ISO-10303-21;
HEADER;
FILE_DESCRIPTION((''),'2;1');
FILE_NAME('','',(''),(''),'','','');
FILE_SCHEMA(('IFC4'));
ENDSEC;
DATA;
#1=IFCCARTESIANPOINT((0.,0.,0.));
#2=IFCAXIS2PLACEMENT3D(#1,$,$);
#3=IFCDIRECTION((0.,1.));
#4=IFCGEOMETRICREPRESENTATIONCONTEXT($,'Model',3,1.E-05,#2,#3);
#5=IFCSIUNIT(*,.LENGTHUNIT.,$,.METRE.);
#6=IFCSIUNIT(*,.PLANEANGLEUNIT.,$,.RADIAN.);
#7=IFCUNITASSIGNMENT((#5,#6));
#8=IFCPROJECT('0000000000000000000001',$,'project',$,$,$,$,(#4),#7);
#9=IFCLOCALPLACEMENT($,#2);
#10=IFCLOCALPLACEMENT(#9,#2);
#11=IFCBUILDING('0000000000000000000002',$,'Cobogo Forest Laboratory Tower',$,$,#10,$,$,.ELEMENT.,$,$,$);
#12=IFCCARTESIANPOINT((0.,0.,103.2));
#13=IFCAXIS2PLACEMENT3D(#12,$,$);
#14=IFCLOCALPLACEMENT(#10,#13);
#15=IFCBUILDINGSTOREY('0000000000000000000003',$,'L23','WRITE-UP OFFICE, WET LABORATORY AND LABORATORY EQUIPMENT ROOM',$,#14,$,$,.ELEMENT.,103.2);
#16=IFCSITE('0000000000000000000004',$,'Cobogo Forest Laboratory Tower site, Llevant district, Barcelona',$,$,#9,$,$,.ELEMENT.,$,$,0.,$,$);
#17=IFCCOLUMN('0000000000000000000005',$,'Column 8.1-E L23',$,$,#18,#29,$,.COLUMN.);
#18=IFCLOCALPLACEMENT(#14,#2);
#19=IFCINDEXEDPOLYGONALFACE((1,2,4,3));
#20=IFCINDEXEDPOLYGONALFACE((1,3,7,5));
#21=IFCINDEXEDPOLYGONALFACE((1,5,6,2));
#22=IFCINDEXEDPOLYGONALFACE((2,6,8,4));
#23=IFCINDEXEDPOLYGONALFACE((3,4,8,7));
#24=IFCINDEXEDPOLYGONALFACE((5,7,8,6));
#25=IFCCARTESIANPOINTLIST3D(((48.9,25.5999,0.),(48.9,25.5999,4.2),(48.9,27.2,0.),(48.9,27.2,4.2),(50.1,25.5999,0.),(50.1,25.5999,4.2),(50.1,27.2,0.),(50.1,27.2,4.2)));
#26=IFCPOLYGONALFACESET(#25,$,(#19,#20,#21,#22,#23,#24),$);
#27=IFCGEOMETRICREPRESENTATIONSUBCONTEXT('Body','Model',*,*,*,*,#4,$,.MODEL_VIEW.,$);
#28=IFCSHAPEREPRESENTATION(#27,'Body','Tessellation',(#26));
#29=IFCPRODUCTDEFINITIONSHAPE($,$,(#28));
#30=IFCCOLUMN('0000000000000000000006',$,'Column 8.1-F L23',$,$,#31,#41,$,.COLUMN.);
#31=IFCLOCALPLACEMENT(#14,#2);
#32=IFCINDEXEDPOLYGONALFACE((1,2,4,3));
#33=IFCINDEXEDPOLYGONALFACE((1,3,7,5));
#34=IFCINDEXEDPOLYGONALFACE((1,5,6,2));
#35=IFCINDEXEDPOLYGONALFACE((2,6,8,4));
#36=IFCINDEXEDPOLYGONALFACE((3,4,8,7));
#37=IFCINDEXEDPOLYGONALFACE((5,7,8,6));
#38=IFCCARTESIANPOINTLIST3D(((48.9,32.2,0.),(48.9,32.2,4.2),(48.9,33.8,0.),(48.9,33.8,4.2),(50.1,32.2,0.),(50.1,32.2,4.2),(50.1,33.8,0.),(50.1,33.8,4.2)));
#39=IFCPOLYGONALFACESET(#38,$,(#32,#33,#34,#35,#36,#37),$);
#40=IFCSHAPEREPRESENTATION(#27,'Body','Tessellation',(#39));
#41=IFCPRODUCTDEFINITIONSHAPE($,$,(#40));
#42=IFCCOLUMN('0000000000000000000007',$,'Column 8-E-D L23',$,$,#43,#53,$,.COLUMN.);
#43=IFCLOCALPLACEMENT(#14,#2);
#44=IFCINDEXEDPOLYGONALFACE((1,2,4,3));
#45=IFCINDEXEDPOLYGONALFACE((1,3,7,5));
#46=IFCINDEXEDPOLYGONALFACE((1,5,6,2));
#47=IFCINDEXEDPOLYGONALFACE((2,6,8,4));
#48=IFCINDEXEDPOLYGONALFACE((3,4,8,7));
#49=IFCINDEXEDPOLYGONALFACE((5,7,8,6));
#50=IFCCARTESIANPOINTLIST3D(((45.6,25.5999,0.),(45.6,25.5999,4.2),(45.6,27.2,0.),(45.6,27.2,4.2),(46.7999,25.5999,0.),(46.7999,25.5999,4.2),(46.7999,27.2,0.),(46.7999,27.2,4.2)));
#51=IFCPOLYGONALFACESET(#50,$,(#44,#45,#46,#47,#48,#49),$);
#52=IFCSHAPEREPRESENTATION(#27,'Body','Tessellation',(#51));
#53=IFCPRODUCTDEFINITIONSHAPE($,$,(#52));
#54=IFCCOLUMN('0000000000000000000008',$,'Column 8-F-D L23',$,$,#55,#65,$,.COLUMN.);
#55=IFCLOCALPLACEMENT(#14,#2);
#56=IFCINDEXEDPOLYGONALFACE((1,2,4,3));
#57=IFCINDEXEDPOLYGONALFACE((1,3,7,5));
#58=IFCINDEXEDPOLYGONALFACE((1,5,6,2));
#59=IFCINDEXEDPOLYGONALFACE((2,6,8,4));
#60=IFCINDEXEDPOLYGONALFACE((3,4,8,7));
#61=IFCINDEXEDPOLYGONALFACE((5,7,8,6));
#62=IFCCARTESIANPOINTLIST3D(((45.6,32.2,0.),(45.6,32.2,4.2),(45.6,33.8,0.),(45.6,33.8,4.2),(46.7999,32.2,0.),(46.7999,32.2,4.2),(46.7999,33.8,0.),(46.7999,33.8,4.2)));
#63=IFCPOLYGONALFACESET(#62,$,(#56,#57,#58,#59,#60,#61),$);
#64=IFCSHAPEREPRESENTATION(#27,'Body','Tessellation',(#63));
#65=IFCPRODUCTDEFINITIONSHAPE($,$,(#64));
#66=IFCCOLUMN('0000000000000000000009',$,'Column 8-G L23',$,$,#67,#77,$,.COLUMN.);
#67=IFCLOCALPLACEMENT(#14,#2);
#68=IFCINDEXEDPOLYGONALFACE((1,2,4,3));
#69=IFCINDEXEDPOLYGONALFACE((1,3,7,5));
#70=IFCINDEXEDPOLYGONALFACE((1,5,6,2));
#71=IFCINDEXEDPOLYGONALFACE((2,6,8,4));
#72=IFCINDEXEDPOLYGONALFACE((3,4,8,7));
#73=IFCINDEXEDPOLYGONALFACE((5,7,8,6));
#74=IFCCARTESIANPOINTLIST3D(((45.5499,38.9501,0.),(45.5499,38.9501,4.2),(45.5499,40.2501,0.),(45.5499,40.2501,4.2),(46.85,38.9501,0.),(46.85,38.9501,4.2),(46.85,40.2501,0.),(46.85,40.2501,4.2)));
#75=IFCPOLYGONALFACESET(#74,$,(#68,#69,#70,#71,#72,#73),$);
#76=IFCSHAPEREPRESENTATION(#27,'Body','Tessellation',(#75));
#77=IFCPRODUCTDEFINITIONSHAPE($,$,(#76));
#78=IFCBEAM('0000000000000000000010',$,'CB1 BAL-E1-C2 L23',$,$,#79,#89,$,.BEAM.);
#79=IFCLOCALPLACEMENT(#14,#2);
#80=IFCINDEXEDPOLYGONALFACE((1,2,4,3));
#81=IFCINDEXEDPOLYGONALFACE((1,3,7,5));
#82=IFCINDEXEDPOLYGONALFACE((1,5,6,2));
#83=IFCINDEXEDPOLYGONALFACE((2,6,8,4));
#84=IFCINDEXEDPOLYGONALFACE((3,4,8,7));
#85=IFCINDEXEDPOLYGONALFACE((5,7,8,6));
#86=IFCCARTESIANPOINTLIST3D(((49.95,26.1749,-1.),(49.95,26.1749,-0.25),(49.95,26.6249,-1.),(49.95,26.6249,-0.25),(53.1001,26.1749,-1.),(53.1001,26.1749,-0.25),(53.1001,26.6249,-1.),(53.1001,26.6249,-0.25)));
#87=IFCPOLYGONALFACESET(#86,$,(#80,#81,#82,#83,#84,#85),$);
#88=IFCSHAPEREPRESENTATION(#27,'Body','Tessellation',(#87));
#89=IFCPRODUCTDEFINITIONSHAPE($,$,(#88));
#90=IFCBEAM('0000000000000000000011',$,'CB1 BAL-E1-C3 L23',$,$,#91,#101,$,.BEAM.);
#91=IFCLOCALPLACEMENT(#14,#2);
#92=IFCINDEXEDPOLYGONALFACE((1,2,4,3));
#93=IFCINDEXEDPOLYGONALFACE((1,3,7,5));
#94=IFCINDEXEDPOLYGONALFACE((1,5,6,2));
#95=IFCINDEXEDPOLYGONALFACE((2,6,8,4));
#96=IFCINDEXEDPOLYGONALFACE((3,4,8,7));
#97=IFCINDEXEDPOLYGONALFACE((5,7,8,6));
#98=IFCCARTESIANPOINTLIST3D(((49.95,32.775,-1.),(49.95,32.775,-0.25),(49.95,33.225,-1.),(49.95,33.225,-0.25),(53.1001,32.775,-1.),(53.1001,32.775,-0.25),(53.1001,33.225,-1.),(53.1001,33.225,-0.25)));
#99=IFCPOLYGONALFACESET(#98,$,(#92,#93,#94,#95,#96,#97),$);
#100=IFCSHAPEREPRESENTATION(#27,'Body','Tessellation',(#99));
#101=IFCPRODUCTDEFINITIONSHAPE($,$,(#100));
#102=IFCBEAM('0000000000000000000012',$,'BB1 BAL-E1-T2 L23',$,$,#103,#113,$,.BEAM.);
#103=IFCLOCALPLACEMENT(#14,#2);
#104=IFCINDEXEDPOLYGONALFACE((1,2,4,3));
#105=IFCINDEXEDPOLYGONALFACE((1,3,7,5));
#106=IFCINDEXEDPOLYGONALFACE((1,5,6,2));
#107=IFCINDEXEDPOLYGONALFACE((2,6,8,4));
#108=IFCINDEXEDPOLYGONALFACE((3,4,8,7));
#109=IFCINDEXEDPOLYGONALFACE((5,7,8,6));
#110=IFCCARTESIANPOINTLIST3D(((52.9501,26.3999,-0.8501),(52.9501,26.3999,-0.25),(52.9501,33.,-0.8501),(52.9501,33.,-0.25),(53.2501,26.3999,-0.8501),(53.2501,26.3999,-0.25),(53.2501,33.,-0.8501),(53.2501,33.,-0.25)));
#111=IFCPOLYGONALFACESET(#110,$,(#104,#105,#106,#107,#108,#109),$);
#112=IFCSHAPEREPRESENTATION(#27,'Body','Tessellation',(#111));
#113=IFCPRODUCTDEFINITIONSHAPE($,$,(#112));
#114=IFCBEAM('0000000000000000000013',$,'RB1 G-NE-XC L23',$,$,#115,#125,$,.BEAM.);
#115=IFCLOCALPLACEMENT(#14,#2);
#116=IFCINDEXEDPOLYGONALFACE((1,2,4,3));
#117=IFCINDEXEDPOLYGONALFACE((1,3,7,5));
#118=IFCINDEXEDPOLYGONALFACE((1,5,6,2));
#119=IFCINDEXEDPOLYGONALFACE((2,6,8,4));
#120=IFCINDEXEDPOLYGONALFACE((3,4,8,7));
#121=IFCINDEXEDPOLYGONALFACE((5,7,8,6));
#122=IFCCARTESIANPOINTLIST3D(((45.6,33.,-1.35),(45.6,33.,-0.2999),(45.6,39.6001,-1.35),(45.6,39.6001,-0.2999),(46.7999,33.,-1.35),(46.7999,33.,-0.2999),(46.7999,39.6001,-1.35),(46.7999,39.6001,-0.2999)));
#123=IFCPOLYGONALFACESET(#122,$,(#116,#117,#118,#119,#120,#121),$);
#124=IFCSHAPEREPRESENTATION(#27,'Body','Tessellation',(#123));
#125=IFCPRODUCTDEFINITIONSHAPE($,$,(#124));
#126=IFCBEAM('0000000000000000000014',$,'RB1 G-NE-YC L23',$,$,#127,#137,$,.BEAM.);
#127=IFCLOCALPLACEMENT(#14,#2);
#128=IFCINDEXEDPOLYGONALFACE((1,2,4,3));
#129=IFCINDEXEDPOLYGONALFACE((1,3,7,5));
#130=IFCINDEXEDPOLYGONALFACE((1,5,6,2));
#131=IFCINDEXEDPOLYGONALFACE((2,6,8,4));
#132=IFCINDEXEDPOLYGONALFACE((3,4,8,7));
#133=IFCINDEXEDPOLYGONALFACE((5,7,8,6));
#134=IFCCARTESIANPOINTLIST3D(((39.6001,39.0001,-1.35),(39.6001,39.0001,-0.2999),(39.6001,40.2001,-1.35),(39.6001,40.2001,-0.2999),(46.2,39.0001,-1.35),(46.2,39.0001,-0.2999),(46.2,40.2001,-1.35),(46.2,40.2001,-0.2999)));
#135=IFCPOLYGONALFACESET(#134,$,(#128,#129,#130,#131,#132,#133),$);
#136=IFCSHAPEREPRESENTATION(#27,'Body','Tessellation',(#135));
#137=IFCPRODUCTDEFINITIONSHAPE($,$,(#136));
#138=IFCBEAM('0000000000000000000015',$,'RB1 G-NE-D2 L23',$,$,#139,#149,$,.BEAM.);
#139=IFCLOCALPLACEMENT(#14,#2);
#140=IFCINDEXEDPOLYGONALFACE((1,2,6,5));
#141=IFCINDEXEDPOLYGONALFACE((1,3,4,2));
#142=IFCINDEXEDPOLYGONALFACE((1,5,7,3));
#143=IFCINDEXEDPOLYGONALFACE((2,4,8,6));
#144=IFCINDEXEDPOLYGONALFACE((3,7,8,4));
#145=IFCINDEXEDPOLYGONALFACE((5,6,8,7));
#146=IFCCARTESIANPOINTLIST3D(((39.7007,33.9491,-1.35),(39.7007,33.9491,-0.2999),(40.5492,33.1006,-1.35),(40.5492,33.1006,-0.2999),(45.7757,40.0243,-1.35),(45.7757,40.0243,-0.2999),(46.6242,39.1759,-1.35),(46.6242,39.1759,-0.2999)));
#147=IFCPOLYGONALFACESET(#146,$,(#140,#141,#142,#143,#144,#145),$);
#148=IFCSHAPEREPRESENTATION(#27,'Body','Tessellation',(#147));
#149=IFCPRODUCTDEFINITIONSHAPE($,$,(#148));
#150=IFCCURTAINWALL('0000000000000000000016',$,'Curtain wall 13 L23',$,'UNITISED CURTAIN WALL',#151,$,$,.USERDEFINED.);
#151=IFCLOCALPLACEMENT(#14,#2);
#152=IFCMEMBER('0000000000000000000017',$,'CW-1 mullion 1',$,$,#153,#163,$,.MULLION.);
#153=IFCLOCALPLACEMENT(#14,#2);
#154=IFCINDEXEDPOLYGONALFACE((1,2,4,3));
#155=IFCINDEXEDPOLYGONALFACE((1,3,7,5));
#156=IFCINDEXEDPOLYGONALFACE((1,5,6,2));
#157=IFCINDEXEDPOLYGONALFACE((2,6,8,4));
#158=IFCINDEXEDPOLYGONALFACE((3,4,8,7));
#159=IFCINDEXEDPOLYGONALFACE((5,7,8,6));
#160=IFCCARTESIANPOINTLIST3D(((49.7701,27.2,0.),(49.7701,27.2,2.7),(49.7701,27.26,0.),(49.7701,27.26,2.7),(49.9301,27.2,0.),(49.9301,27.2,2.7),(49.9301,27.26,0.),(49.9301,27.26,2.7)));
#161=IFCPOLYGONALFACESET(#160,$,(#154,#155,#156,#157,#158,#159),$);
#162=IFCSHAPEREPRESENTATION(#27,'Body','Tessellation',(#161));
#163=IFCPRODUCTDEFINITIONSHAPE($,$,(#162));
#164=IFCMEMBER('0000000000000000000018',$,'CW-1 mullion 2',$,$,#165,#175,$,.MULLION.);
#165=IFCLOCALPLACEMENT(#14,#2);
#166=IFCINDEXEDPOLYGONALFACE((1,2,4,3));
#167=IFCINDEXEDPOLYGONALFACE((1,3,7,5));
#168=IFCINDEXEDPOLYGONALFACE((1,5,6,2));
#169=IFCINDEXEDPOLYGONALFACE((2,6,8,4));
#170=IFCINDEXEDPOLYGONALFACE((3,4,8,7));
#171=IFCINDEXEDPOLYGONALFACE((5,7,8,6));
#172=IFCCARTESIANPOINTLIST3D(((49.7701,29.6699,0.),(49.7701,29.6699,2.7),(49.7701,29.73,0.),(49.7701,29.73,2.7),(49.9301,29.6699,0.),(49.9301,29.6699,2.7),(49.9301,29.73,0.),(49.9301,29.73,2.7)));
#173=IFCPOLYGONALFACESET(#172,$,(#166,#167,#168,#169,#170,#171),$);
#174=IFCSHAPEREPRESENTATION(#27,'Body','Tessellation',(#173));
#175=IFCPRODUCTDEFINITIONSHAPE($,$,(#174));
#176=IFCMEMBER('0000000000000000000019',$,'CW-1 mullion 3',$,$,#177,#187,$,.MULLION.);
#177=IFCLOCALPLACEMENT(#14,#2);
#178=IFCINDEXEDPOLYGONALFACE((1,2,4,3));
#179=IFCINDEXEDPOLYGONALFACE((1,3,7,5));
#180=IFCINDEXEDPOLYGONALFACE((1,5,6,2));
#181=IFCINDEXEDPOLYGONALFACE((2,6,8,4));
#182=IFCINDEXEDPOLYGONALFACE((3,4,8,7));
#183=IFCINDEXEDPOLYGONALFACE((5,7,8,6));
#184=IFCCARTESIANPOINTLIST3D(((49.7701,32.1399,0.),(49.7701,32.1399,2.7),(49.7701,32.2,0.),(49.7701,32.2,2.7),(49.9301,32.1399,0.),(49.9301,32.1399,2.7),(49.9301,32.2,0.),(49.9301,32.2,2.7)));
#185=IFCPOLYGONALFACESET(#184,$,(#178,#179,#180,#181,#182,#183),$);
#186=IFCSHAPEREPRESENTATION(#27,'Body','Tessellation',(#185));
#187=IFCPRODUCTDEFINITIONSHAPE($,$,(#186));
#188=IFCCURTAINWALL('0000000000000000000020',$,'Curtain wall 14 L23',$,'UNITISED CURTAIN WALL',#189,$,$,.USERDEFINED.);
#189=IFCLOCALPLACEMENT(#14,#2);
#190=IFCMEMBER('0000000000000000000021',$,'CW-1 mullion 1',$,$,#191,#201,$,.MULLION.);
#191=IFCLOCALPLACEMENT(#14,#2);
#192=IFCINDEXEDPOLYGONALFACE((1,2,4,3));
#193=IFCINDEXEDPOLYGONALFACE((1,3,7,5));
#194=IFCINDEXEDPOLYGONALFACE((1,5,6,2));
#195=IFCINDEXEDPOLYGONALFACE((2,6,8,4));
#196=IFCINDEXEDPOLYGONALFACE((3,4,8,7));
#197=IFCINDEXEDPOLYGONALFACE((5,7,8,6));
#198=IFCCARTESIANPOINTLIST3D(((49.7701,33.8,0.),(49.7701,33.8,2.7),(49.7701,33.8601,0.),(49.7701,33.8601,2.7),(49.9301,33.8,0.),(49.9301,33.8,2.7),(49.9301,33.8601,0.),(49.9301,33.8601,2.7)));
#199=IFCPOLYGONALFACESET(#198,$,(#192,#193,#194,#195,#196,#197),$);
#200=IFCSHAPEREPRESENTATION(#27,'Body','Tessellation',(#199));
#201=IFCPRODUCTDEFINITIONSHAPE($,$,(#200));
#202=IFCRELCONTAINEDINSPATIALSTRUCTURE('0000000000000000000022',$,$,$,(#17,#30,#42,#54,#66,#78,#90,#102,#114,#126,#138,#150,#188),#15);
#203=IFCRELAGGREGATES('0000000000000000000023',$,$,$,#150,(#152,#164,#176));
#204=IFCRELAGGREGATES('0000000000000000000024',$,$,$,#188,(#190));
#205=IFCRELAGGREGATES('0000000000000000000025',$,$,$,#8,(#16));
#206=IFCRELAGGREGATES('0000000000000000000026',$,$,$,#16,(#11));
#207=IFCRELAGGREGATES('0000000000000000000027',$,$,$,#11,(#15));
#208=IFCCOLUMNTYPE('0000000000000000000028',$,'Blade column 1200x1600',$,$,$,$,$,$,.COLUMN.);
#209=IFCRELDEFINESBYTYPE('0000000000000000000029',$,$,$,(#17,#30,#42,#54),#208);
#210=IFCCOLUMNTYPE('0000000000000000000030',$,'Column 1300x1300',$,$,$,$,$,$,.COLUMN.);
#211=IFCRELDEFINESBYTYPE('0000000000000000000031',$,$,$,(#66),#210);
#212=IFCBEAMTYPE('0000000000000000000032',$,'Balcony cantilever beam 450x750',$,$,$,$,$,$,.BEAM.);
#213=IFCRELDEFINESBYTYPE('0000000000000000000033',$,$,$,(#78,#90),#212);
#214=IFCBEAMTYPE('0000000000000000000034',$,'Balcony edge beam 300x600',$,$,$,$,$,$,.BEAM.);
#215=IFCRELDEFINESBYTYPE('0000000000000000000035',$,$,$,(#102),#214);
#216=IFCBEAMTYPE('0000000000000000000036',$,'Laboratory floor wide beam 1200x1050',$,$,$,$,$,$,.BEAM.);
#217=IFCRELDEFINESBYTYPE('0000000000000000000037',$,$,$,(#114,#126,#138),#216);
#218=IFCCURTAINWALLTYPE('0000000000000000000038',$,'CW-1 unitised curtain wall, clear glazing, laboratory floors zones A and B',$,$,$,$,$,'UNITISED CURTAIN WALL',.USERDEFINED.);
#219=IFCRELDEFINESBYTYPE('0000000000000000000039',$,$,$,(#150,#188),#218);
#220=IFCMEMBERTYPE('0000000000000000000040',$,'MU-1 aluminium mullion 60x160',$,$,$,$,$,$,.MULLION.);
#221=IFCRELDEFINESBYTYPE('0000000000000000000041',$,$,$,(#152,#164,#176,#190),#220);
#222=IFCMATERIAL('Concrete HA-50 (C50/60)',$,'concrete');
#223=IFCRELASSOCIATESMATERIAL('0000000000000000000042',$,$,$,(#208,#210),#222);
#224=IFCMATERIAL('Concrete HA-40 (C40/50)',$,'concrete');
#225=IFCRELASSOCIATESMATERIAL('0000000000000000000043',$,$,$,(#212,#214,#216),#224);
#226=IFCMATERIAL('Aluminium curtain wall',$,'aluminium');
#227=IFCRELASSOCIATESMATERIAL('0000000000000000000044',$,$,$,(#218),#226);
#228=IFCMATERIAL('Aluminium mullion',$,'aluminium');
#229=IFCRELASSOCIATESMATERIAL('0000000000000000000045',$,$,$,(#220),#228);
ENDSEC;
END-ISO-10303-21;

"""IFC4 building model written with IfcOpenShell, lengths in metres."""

from ifc_helpers import new_model, si_unit, direction, frame, origin, origin_2d, place, context, subcontext, project, spatial, rectangle, extrude, material, material_profile, profile_set, type_object, element, aggregate, save


model = new_model("IFC4")

# Units and contexts
model_context = context("Model", 3, precision=1e-05, world=origin(), true_north=direction((0.0, 1.0)))
body_context = subcontext(model_context, "Body", "Model", "MODEL_VIEW")
ifc_project = project(units=[si_unit("LENGTHUNIT", "METRE"), si_unit("PLANEANGLEUNIT", "RADIAN")], contexts=[model_context])

# Site, building, storey
site_placement = place(None, origin())
site = spatial("IfcSite", under=ifc_project, at=site_placement, Name="Cobogo Forest Laboratory Tower site, Llevant district, Barcelona", CompositionType="ELEMENT", RefElevation=0.0)
building_placement = place(site_placement, origin())
building = spatial("IfcBuilding", under=site, at=building_placement, Name="Cobogo Forest Laboratory Tower", CompositionType="ELEMENT")
storey_placement = place(building_placement, frame((0.0, 0.0, 103.2)))
storey = spatial("IfcBuildingStorey", under=building, at=storey_placement, Name="L23", Description="WRITE-UP OFFICE, WET LABORATORY AND LABORATORY EQUIPMENT ROOM", CompositionType="ELEMENT", Elevation=103.2)

# Columns
ifc_material_1 = material(Name="Concrete HA-50 (C50/60)", Category="concrete")
ifc_material_profile_1 = material_profile(ifc_material_1, rectangle(XDim=1.6001, YDim=1.2, at=origin_2d()), Name="RC 1200x1600")
ifc_profile_set_1 = profile_set([ifc_material_profile_1], Name="Concrete HA-50 (C50/60)")
column_type_1 = type_object("IfcColumnType", Name="Blade column 1200x1600", PredefinedType="COLUMN", material=ifc_profile_set_1)
for number, where, z_axis, x_axis, name in (
    (1, (49.5, 26.3999, 0.0), (0.0, 0.0, 1.0), (0.0, 1.0, 0.0), "Column 8.1-E L23"),
    (2, (49.5, 33.0, 0.0), (0.0, 0.0, 1.0), (0.0, 1.0, 0.0), "Column 8.1-F L23"),
    (3, (46.2, 26.3999, 0.0), (0.0, 0.0, 1.0), (0.0, 1.0, 0.0), "Column 8-E-D L23"),
    (4, (46.2, 33.0, 0.0), (0.0, 0.0, 1.0), (0.0, 1.0, 0.0), "Column 8-F-D L23"),
):
    element("IfcColumn", number, at=place(storey_placement, frame(where, z_axis=z_axis, x_axis=x_axis)), inside=storey, type_object=column_type_1, Name=name, PredefinedType="COLUMN", context=body_context, shape_type="SweptSolid", body=[
        extrude(rectangle(XDim=1.6001, YDim=1.2, at=origin_2d()), origin(), (0.0, 0.0, 1.0), 4.2),
    ])
ifc_material_profile_2 = material_profile(ifc_material_1, rectangle(XDim=1.3, YDim=1.3, at=origin_2d()), Name="RC 1300x1300")
ifc_profile_set_2 = profile_set([ifc_material_profile_2], Name="Concrete HA-50 (C50/60)")
column_type_2 = type_object("IfcColumnType", Name="Column 1300x1300", PredefinedType="COLUMN", material=ifc_profile_set_2)
column_placement = place(storey_placement, frame((46.2, 39.6001, 0.0), z_axis=(0.0, 0.0, 1.0), x_axis=(1.0, 0.0, 0.0)))
element("IfcColumn", 5, at=column_placement, inside=storey, type_object=column_type_2, Name="Column 8-G L23", PredefinedType="COLUMN", context=body_context, shape_type="SweptSolid", body=[
    extrude(rectangle(XDim=1.3, YDim=1.3, at=origin_2d()), origin(), (0.0, 0.0, 1.0), 4.2),
])

# Beams
ifc_material_2 = material(Name="Concrete HA-40 (C40/50)", Category="concrete")
ifc_material_profile_3 = material_profile(ifc_material_2, rectangle(XDim=0.45, YDim=0.75, at=origin_2d()), Name="RC 450x750")
ifc_profile_set_3 = profile_set([ifc_material_profile_3], Name="Concrete HA-40 (C40/50)")
beam_type_1 = type_object("IfcBeamType", Name="Balcony cantilever beam 450x750", PredefinedType="BEAM", material=ifc_profile_set_3)
for number, where, z_axis, x_axis, name in (
    (6, (49.95, 26.3999, -0.625), (1.0, 0.0, 0.0), (0.0, 1.0, 0.0), "CB1 BAL-E1-C2 L23"),
    (7, (49.95, 33.0, -0.625), (1.0, 0.0, 0.0), (0.0, 1.0, 0.0), "CB1 BAL-E1-C3 L23"),
):
    element("IfcBeam", number, at=place(storey_placement, frame(where, z_axis=z_axis, x_axis=x_axis)), inside=storey, type_object=beam_type_1, Name=name, PredefinedType="BEAM", context=body_context, shape_type="SweptSolid", body=[
        extrude(rectangle(XDim=0.45, YDim=0.75, at=origin_2d()), origin(), (0.0, 0.0, 1.0), 3.1501),
    ])
ifc_material_profile_4 = material_profile(ifc_material_2, rectangle(XDim=0.3, YDim=0.6001, at=origin_2d()), Name="RC 300x600")
ifc_profile_set_4 = profile_set([ifc_material_profile_4], Name="Concrete HA-40 (C40/50)")
beam_type_2 = type_object("IfcBeamType", Name="Balcony edge beam 300x600", PredefinedType="BEAM", material=ifc_profile_set_4)
beam_1_placement = place(storey_placement, frame((53.1001, 26.3999, -0.55), z_axis=(0.0, 1.0, 0.0), x_axis=(-1.0, 0.0, 0.0)))
element("IfcBeam", 8, at=beam_1_placement, inside=storey, type_object=beam_type_2, Name="BB1 BAL-E1-T2 L23", PredefinedType="BEAM", context=body_context, shape_type="SweptSolid", body=[
    extrude(rectangle(XDim=0.3, YDim=0.6001, at=origin_2d()), origin(), (0.0, 0.0, 1.0), 6.6001),
])
ifc_material_profile_5 = material_profile(ifc_material_2, rectangle(XDim=1.2, YDim=1.05, at=origin_2d()), Name="RC 1200x1050")
ifc_profile_set_5 = profile_set([ifc_material_profile_5], Name="Concrete HA-40 (C40/50)")
beam_type_3 = type_object("IfcBeamType", Name="Laboratory floor wide beam 1200x1050", PredefinedType="BEAM", material=ifc_profile_set_5)
beam_2_placement = place(storey_placement, frame((46.2, 39.6001, -0.825), z_axis=(0.0, -1.0, 0.0), x_axis=(1.0, 0.0, 0.0)))
element("IfcBeam", 9, at=beam_2_placement, inside=storey, type_object=beam_type_3, Name="RB1 G-NE-XC L23", PredefinedType="BEAM", context=body_context, shape_type="SweptSolid", body=[
    extrude(rectangle(XDim=1.2, YDim=1.05, at=origin_2d()), origin(), (0.0, 0.0, 1.0), 6.6001),
])
beam_3_placement = place(storey_placement, frame((46.2, 39.6001, -0.825), z_axis=(-1.0, 0.0, 0.0), x_axis=(0.0, -1.0, 0.0)))
element("IfcBeam", 10, at=beam_3_placement, inside=storey, type_object=beam_type_3, Name="RB1 G-NE-YC L23", PredefinedType="BEAM", context=body_context, shape_type="SweptSolid", body=[
    extrude(rectangle(XDim=1.2, YDim=1.05, at=origin_2d()), origin(), (0.0, 0.0, 1.0), 6.5999),
])
beam_4_placement = place(storey_placement, frame((46.2, 39.6001, -0.825), z_axis=(-0.707093, -0.707121, 0.0), x_axis=(0.707121, -0.707093, 0.0)))
element("IfcBeam", 11, at=beam_4_placement, inside=storey, type_object=beam_type_3, Name="RB1 G-NE-D2 L23", PredefinedType="BEAM", context=body_context, shape_type="SweptSolid", body=[
    extrude(rectangle(XDim=1.2, YDim=1.05, at=origin_2d()), origin(), (0.0, 0.0, 1.0), 8.5916),
])

# Curtain walls, members
ifc_material_3 = material(Name="Aluminium curtain wall", Category="aluminium")
curtain_wall_type = type_object("IfcCurtainWallType", Name="CW-1 unitised curtain wall, clear glazing, laboratory floors zones A and B", ElementType="UNITISED CURTAIN WALL", PredefinedType="USERDEFINED", material=ifc_material_3)
curtain_wall_1_placement = place(storey_placement, origin())
curtain_wall_1 = element("IfcCurtainWall", 12, at=curtain_wall_1_placement, inside=storey, type_object=curtain_wall_type, Name="Curtain wall 13 L23", ObjectType="UNITISED CURTAIN WALL", PredefinedType="USERDEFINED")
ifc_material_4 = material(Name="Aluminium mullion", Category="aluminium")
ifc_material_profile_6 = material_profile(ifc_material_4, rectangle(XDim=0.0601, YDim=0.1599, at=origin_2d()), Name="AL 60x160")
ifc_profile_set_6 = profile_set([ifc_material_profile_6], Name="Aluminium mullion")
member_type_1 = type_object("IfcMemberType", Name="MU-1 aluminium mullion 60x160", PredefinedType="MULLION", material=ifc_profile_set_6)
member_1_placement = place(storey_placement, frame((49.8501, 27.23, 0.0), z_axis=(0.0, 0.0, 1.0), x_axis=(0.0, 1.0, 0.0)))
member_1 = element("IfcMember", 13, at=member_1_placement, type_object=member_type_1, Name="CW-1 mullion 1", PredefinedType="MULLION", context=body_context, shape_type="SweptSolid", body=[
    extrude(rectangle(XDim=0.0601, YDim=0.1599, at=origin_2d()), origin(), (0.0, 0.0, 1.0), 2.7),
])
member_2_placement = place(storey_placement, frame((49.8501, 29.7, 0.0), z_axis=(0.0, 0.0, 1.0), x_axis=(0.0, 1.0, 0.0)))
member_2 = element("IfcMember", 14, at=member_2_placement, type_object=member_type_1, Name="CW-1 mullion 2", PredefinedType="MULLION", context=body_context, shape_type="SweptSolid", body=[
    extrude(rectangle(XDim=0.0601, YDim=0.1599, at=origin_2d()), origin(), (0.0, 0.0, 1.0), 2.7),
])
member_3_placement = place(storey_placement, frame((49.8501, 32.1699, 0.0), z_axis=(0.0, 0.0, 1.0), x_axis=(0.0, 1.0, 0.0)))
member_3 = element("IfcMember", 15, at=member_3_placement, type_object=member_type_1, Name="CW-1 mullion 3", PredefinedType="MULLION", context=body_context, shape_type="SweptSolid", body=[
    extrude(rectangle(XDim=0.0601, YDim=0.1599, at=origin_2d()), origin(), (0.0, 0.0, 1.0), 2.7),
])
curtain_wall_2_placement = place(storey_placement, origin())
curtain_wall_2 = element("IfcCurtainWall", 16, at=curtain_wall_2_placement, inside=storey, type_object=curtain_wall_type, Name="Curtain wall 14 L23", ObjectType="UNITISED CURTAIN WALL", PredefinedType="USERDEFINED")
member_4_placement = place(storey_placement, frame((49.8501, 33.8301, 0.0), z_axis=(0.0, 0.0, 1.0), x_axis=(0.0, 1.0, 0.0)))
member_4 = element("IfcMember", 17, at=member_4_placement, type_object=member_type_1, Name="CW-1 mullion 1", PredefinedType="MULLION", context=body_context, shape_type="SweptSolid", body=[
    extrude(rectangle(XDim=0.0601, YDim=0.1599, at=origin_2d()), origin(), (0.0, 0.0, 1.0), 2.7),
])

aggregate(curtain_wall_1, [member_1, member_2, member_3])
aggregate(curtain_wall_2, [member_4])

save(model, "model.ifc")
